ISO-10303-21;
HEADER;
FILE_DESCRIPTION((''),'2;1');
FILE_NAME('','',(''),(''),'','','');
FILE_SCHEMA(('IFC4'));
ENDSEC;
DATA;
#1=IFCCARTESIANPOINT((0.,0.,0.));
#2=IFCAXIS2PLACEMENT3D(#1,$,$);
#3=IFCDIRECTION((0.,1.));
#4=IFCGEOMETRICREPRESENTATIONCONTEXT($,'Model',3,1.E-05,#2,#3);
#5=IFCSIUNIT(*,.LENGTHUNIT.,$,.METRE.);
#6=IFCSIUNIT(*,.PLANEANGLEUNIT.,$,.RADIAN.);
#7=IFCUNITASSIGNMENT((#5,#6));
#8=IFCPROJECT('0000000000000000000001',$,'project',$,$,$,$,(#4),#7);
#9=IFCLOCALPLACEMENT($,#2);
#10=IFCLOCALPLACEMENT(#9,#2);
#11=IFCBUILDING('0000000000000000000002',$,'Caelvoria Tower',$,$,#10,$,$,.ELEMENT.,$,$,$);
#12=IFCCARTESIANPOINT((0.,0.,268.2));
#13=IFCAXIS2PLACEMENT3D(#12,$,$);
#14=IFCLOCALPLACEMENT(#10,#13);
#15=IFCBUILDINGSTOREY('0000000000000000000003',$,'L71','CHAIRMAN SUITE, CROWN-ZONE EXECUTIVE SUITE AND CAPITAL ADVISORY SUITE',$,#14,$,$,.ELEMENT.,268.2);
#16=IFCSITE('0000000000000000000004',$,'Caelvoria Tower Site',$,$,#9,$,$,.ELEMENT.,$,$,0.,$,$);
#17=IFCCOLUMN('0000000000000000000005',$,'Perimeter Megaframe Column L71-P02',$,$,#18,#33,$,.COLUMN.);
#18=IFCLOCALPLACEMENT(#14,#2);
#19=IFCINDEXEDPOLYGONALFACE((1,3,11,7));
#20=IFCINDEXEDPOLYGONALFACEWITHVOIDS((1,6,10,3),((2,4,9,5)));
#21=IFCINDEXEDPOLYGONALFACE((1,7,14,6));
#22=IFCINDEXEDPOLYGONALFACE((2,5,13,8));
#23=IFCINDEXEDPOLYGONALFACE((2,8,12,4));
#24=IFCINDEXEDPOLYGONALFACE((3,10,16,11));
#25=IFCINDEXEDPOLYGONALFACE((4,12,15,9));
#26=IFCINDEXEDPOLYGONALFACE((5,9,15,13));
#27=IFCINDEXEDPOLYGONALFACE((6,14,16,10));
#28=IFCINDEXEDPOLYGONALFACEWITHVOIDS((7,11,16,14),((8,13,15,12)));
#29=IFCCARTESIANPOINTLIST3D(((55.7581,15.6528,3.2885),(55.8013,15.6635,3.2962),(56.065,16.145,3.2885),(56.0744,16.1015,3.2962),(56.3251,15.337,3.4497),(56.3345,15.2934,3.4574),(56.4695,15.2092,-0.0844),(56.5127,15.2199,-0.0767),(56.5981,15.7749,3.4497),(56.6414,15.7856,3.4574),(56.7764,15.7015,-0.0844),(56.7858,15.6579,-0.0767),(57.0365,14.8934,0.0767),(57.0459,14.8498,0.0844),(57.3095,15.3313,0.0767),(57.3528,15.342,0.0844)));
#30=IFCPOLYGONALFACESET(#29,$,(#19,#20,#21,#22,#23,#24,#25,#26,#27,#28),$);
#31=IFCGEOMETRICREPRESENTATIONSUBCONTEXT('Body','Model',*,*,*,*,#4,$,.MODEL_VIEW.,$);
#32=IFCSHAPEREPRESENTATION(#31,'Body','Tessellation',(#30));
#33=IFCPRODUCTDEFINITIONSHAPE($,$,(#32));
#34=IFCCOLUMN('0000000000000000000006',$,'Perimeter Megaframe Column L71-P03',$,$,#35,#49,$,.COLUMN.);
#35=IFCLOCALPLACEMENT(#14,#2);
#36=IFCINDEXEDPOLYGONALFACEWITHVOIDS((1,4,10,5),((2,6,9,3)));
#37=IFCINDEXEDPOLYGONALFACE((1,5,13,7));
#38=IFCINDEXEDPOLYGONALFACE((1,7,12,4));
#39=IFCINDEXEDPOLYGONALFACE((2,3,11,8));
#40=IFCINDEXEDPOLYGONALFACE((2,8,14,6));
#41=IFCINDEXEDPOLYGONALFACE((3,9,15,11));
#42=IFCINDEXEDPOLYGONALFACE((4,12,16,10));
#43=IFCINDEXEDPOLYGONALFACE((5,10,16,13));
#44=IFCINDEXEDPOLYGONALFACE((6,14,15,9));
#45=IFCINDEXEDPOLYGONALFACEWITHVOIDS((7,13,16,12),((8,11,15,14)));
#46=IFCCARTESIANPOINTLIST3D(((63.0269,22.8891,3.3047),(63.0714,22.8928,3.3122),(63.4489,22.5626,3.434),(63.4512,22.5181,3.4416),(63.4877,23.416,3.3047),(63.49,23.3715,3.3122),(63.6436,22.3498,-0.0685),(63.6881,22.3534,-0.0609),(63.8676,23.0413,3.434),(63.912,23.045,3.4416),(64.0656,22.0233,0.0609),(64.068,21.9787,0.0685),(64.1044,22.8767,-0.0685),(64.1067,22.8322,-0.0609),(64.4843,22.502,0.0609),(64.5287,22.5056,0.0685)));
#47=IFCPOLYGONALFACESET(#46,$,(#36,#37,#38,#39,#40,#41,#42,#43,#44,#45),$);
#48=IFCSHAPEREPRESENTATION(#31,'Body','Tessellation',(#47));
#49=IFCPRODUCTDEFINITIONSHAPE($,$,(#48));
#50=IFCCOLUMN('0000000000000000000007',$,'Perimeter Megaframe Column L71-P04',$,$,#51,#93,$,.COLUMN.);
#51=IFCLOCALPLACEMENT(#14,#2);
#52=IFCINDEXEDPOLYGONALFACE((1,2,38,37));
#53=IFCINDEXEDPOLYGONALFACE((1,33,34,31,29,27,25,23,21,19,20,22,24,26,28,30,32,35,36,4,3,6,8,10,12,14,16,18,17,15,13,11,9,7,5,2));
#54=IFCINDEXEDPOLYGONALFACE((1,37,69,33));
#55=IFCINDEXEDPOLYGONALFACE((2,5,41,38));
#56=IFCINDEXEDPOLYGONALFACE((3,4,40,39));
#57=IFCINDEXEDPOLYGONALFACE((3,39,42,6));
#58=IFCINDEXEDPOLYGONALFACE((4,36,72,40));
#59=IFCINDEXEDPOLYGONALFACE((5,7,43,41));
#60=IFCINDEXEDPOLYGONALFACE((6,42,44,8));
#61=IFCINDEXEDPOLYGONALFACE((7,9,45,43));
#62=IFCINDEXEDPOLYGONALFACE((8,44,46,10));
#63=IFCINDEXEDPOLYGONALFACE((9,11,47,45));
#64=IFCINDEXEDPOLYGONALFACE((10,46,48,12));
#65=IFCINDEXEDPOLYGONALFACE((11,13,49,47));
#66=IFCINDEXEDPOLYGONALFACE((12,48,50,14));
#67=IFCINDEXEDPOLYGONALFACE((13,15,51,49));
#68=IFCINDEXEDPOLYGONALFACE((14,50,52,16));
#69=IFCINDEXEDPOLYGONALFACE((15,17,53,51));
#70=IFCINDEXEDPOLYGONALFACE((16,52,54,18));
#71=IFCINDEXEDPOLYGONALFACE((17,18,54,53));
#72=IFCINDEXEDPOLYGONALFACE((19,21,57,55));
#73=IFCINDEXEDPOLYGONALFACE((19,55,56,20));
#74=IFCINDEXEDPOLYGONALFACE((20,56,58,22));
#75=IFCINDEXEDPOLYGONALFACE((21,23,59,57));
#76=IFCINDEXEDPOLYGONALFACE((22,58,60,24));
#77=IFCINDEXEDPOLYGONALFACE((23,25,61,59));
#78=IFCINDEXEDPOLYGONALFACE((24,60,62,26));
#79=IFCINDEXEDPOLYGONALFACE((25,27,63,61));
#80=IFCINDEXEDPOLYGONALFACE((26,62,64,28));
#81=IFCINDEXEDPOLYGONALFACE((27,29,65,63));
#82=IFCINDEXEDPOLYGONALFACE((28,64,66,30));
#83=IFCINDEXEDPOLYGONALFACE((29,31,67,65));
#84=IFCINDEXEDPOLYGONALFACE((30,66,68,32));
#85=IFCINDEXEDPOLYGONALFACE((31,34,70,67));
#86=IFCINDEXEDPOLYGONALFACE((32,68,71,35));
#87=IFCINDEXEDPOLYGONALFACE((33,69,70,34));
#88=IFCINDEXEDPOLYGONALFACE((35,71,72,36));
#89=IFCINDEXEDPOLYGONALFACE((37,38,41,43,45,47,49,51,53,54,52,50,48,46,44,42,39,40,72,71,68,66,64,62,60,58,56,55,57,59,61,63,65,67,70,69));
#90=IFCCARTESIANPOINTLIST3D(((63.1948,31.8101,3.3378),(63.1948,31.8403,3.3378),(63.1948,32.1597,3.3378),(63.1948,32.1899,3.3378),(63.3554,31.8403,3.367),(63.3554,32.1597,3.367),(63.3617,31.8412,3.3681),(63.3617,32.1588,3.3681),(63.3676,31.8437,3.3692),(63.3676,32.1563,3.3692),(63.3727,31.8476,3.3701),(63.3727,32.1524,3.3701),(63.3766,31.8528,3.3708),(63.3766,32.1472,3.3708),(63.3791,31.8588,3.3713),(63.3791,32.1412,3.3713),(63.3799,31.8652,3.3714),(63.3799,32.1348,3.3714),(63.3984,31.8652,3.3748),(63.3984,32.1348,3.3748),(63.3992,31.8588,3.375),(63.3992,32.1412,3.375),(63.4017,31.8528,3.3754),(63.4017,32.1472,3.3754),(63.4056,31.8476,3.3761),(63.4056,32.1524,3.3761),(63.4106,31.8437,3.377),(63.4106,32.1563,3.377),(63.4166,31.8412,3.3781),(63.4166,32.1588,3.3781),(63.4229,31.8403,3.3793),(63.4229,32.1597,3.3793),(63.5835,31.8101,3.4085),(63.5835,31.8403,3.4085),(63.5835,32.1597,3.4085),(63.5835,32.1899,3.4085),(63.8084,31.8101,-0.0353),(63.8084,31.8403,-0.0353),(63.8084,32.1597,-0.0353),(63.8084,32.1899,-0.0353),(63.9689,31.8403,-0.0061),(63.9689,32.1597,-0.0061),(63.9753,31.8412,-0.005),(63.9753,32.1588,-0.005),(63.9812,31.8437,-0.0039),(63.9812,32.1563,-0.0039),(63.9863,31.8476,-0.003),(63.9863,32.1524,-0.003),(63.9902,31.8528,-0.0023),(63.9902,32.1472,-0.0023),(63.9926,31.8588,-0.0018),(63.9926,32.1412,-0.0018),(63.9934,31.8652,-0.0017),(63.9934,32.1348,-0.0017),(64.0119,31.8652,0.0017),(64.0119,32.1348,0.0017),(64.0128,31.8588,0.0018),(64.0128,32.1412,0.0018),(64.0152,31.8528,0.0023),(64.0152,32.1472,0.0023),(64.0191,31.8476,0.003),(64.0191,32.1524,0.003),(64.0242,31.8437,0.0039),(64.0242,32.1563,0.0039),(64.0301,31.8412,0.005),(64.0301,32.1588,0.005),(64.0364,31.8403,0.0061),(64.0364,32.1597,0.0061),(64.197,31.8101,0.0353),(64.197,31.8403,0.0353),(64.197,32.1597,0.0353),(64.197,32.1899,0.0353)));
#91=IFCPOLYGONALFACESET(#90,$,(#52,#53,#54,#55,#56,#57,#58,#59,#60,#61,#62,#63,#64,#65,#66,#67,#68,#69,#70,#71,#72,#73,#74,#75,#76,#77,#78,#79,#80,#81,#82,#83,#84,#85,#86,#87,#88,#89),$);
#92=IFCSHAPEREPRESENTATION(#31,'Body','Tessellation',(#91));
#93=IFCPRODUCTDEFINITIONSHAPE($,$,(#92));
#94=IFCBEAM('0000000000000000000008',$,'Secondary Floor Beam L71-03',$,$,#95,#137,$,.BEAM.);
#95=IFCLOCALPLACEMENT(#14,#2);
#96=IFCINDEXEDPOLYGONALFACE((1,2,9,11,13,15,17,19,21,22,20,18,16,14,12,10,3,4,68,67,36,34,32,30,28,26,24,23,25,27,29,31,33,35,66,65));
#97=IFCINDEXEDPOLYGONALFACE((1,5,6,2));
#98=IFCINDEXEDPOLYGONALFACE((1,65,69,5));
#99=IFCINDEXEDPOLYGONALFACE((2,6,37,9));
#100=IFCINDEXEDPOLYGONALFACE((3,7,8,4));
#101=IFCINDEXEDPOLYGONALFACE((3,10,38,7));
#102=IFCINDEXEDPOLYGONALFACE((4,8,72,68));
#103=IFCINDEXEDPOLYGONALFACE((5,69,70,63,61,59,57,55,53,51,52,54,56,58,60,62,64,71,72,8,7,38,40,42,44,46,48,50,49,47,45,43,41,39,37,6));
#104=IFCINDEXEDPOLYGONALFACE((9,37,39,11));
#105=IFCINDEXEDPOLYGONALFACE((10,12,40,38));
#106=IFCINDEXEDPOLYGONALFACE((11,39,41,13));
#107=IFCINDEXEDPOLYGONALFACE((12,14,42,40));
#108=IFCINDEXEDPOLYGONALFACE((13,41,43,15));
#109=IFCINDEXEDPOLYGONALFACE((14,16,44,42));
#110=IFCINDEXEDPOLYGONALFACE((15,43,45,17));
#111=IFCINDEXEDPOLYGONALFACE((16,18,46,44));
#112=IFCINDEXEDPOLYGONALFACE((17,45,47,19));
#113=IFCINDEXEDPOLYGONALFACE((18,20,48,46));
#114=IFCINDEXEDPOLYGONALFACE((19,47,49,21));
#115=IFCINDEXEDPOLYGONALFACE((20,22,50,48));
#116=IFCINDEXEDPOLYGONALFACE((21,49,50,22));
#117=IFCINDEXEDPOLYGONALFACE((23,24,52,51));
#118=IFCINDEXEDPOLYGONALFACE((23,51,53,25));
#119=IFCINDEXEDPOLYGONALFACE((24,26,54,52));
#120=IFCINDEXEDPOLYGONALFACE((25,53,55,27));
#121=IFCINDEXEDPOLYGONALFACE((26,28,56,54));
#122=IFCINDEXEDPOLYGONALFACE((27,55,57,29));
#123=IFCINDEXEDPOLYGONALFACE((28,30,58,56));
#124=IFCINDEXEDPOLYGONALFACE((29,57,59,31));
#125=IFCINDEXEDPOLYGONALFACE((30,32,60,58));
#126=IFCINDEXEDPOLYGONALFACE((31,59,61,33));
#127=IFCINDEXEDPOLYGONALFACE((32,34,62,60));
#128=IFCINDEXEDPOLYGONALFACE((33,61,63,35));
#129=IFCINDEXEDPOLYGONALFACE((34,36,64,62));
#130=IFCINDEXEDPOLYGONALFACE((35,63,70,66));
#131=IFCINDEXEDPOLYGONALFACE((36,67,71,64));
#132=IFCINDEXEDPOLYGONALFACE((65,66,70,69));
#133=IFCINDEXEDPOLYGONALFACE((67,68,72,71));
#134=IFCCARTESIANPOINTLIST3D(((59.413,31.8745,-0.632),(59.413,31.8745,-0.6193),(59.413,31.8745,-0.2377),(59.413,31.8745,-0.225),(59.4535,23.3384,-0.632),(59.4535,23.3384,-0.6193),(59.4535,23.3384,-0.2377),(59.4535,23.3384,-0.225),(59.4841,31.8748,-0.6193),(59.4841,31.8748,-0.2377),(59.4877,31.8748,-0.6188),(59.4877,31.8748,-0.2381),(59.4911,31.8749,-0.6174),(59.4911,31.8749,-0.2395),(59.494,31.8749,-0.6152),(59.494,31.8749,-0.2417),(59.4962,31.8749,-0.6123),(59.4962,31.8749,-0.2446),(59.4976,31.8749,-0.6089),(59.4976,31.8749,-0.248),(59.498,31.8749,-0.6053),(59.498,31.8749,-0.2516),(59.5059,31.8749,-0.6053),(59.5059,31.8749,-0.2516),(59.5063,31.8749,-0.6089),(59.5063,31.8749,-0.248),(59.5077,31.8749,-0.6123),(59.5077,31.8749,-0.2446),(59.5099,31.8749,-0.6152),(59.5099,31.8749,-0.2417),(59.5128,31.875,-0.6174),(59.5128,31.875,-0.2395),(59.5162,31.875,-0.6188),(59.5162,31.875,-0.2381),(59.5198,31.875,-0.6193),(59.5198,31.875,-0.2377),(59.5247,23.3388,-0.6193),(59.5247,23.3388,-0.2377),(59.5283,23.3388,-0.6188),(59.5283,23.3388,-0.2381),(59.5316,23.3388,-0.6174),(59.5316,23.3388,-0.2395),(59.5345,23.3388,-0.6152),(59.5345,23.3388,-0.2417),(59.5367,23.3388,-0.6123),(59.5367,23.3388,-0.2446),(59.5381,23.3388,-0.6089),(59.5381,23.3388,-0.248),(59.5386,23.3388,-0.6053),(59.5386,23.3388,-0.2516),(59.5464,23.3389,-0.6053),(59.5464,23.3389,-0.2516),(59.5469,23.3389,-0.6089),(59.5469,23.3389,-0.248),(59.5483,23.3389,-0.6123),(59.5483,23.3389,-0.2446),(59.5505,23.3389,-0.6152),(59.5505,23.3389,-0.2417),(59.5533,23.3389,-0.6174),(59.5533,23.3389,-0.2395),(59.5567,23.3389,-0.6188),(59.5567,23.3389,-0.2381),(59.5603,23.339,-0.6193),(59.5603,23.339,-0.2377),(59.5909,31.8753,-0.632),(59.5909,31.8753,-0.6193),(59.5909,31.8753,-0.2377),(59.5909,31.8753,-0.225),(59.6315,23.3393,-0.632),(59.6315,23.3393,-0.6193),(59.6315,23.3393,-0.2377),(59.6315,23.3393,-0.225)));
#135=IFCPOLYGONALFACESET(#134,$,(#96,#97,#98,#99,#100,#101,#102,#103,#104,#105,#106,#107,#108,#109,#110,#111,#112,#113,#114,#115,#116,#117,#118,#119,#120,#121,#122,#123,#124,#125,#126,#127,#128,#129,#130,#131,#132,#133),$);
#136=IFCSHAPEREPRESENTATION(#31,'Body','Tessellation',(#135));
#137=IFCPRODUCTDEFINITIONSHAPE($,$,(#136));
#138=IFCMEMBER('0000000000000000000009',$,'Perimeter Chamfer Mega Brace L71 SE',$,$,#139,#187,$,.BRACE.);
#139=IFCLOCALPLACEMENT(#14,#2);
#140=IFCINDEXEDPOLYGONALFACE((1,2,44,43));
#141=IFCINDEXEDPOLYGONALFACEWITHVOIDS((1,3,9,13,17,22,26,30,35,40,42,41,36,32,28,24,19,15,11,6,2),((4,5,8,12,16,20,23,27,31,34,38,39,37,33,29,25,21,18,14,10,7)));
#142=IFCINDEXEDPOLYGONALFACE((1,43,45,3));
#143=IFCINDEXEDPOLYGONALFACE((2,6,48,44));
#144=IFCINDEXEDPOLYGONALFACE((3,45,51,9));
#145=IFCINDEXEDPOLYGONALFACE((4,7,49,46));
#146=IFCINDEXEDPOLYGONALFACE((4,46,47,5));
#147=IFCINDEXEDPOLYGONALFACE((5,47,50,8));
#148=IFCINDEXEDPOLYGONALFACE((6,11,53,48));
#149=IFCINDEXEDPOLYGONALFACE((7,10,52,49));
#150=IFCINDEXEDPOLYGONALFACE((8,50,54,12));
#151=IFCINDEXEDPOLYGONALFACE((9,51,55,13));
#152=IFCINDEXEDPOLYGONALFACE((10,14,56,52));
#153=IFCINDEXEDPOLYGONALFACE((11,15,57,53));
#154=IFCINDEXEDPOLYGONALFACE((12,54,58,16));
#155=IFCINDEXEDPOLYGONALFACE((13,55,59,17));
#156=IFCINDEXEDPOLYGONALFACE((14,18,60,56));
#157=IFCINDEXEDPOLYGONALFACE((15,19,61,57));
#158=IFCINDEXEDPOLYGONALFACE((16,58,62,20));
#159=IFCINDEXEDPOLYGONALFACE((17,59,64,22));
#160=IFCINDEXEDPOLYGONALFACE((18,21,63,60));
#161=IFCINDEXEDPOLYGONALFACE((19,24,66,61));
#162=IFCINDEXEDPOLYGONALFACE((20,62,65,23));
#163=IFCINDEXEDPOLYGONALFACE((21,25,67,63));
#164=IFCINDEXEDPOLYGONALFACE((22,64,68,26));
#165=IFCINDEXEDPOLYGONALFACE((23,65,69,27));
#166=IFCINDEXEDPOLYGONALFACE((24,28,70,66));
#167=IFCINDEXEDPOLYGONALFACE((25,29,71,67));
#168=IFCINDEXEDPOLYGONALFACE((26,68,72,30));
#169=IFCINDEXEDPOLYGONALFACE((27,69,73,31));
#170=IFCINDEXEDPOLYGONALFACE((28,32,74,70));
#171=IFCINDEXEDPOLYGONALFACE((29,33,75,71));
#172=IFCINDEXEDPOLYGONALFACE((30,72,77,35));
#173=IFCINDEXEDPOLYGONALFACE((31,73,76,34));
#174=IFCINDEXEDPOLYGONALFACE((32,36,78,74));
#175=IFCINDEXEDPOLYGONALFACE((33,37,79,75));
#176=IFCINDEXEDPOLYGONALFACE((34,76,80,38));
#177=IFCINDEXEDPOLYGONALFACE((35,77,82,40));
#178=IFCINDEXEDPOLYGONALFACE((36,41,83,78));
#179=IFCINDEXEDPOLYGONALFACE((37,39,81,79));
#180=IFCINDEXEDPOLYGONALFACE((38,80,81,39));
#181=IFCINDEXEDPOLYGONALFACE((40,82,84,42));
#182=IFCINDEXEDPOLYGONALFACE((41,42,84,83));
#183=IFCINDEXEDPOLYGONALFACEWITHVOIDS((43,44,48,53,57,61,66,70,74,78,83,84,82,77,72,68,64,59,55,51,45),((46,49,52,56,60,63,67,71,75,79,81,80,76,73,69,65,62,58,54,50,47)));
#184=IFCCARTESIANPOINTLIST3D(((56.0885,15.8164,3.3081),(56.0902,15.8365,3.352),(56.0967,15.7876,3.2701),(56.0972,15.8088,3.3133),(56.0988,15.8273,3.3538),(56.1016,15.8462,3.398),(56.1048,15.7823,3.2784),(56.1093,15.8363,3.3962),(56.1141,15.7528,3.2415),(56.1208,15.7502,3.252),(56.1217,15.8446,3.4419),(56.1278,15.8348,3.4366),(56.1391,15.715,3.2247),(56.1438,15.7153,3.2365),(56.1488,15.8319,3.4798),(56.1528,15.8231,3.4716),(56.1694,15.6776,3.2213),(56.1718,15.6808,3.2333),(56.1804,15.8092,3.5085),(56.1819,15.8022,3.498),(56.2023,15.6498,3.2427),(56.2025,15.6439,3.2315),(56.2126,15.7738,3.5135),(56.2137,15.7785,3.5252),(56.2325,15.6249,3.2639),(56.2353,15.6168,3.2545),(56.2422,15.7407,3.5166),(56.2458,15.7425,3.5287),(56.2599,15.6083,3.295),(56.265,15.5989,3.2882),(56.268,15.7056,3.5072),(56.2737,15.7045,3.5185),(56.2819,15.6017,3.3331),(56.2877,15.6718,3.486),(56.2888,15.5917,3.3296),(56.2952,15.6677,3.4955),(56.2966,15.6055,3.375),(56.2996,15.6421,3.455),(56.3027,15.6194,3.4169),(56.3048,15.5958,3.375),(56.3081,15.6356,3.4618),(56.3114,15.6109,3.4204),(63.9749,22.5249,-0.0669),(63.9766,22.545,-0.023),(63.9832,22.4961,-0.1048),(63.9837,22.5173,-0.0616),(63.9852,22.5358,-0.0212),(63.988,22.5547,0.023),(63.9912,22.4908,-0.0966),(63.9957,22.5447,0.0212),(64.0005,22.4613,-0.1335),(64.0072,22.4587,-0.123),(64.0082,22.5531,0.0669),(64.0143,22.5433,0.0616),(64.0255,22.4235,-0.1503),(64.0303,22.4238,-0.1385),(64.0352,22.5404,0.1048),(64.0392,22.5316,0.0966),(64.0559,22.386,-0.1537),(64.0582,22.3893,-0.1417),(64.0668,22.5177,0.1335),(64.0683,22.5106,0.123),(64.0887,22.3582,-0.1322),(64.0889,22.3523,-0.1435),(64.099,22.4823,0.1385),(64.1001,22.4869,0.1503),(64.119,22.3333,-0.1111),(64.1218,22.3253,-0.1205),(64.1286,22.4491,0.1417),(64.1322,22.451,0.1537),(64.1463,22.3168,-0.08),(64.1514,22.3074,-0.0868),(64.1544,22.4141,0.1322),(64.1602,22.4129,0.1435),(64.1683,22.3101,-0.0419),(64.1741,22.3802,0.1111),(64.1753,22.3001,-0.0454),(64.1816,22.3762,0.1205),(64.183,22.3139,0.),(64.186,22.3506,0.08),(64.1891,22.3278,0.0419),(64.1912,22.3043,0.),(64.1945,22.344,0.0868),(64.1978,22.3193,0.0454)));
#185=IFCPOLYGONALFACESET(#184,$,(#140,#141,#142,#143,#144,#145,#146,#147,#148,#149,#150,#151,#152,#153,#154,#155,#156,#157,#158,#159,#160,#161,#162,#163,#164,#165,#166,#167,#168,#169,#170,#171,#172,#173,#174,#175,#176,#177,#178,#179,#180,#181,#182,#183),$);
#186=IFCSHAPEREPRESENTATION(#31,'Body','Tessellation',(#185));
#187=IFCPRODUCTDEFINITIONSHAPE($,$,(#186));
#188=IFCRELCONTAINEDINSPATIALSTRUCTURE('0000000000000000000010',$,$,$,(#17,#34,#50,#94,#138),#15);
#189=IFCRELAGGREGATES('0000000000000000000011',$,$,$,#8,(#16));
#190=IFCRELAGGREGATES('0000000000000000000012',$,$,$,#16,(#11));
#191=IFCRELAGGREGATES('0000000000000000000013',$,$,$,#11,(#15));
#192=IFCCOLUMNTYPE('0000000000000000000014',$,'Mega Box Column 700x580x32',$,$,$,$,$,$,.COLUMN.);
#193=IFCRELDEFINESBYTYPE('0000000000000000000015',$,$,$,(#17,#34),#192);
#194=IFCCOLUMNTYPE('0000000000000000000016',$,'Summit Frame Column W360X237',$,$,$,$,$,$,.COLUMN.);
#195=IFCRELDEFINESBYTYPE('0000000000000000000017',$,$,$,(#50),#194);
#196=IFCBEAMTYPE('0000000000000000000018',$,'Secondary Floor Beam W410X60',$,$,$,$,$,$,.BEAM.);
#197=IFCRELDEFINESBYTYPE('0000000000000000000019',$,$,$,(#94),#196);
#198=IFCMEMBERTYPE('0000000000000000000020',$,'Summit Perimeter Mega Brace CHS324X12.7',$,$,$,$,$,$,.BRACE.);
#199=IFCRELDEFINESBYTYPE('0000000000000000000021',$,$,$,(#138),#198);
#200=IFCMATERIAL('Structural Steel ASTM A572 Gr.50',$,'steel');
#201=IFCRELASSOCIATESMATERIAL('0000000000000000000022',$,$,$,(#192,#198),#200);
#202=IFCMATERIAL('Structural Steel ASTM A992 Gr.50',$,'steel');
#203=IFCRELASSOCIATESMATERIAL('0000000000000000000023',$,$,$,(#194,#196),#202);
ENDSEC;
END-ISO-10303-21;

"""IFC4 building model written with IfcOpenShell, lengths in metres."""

from ifc_helpers import new_model, si_unit, direction, frame, origin, origin_2d, place, context, subcontext, project, spatial, hollow_rectangle, hollow_circle, i_section, extrude, material, material_profile, profile_set, type_object, element, save


model = new_model("IFC4")

# Units and contexts
model_context = context("Model", 3, precision=1e-05, world=origin(), true_north=direction((0.0, 1.0)))
body_context = subcontext(model_context, "Body", "Model", "MODEL_VIEW")
ifc_project = project(units=[si_unit("LENGTHUNIT", "METRE"), si_unit("PLANEANGLEUNIT", "RADIAN")], contexts=[model_context])

# Site, building, storey
site_placement = place(None, origin())
site = spatial("IfcSite", under=ifc_project, at=site_placement, Name="Caelvoria Tower Site", CompositionType="ELEMENT", RefElevation=0.0)
building_placement = place(site_placement, origin())
building = spatial("IfcBuilding", under=site, at=building_placement, Name="Caelvoria Tower", CompositionType="ELEMENT")
storey_placement = place(building_placement, frame((0.0, 0.0, 268.2)))
storey = spatial("IfcBuildingStorey", under=building, at=storey_placement, Name="L71", Description="CHAIRMAN SUITE, CROWN-ZONE EXECUTIVE SUITE AND CAPITAL ADVISORY SUITE", CompositionType="ELEMENT", Elevation=268.2)

# Columns
ifc_material_1 = material(Name="Structural Steel ASTM A572 Gr.50", Category="steel")
ifc_material_profile_1 = material_profile(ifc_material_1, hollow_rectangle(XDim=0.5801, YDim=0.7, WallThickness=0.032, at=origin_2d()), Name="Structural Steel ASTM A572 Gr.50")
ifc_profile_set_1 = profile_set([ifc_material_profile_1], Name="BOX700X580X32 - Structural Steel ASTM A572 Gr.50")
column_type_1 = type_object("IfcColumnType", Name="Mega Box Column 700x580x32", PredefinedType="COLUMN", material=ifc_profile_set_1)
column_1_placement = place(storey_placement, frame((56.9111, 15.2756, 0.0), z_axis=(-0.204687, 0.127631, 0.970471), x_axis=(-0.529109, -0.848554, 0.0)))
element("IfcColumn", 1, at=column_1_placement, inside=storey, type_object=column_type_1, Name="Perimeter Megaframe Column L71-P02", PredefinedType="COLUMN", context=body_context, shape_type="SweptSolid", body=[
    extrude(hollow_rectangle(XDim=0.5801, YDim=0.7, WallThickness=0.032, at=origin_2d()), origin(), (0.0, 0.0, 1.0), 3.4756),
])
column_2_placement = place(storey_placement, frame((64.0862, 22.4277, 0.0), z_axis=(-0.177666, 0.15537, 0.971748), x_axis=(0.731495, -0.639696, 0.236019)))
element("IfcColumn", 2, at=column_2_placement, inside=storey, type_object=column_type_1, Name="Perimeter Megaframe Column L71-P03", PredefinedType="COLUMN", context=body_context, shape_type="SweptSolid", body=[
    extrude(hollow_rectangle(XDim=0.5801, YDim=0.7, WallThickness=0.032, at=origin_2d()), origin(), (0.0, 0.0, 1.0), 3.4712),
])
ifc_material_2 = material(Name="Structural Steel ASTM A992 Gr.50", Category="steel")
ifc_material_profile_2 = material_profile(ifc_material_2, i_section(OverallWidth=0.395, OverallDepth=0.3799, WebThickness=0.0188, FlangeThickness=0.0303, FilletRadius=0.0249, at=origin_2d()), Name="Structural Steel ASTM A992 Gr.50")
ifc_profile_set_2 = profile_set([ifc_material_profile_2], Name="W360X237 - Structural Steel ASTM A992 Gr.50")
column_type_2 = type_object("IfcColumnType", Name="Summit Frame Column W360X237", PredefinedType="COLUMN", material=ifc_profile_set_2)
column_3_placement = place(storey_placement, frame((64.0027, 32.0, 0.0), z_axis=(-0.178954, 0.0, 0.983857), x_axis=(0.983857, 0.0, 0.178954)))
element("IfcColumn", 3, at=column_3_placement, inside=storey, type_object=column_type_2, Name="Perimeter Megaframe Column L71-P04", PredefinedType="COLUMN", context=body_context, shape_type="SweptSolid", body=[
    extrude(i_section(OverallWidth=0.395, OverallDepth=0.3799, WebThickness=0.0188, FlangeThickness=0.0303, FilletRadius=0.0249, at=origin_2d()), origin(), (0.0, 0.0, 1.0), 3.4285),
])

# Beam
ifc_material_profile_3 = material_profile(ifc_material_2, i_section(OverallWidth=0.178, OverallDepth=0.407, WebThickness=0.0078, FlangeThickness=0.0127, FilletRadius=0.0139, at=origin_2d()), Name="Structural Steel ASTM A992 Gr.50")
ifc_profile_set_3 = profile_set([ifc_material_profile_3], Name="W410X60 - Structural Steel ASTM A992 Gr.50")
beam_type_1 = type_object("IfcBeamType", Name="Secondary Floor Beam W410X60", PredefinedType="BEAM", material=ifc_profile_set_3)
beam_1_placement = place(storey_placement, frame((59.5425, 23.3389, -0.4285), z_axis=(-0.004748, 0.999989, 0.0), x_axis=(-0.999989, -0.004748, 0.0)))
element("IfcBeam", 4, at=beam_1_placement, inside=storey, type_object=beam_type_1, Name="Secondary Floor Beam L71-03", PredefinedType="BEAM", context=body_context, shape_type="SweptSolid", body=[
    extrude(i_section(OverallWidth=0.178, OverallDepth=0.407, WebThickness=0.0078, FlangeThickness=0.0127, FilletRadius=0.0139, at=origin_2d()), origin(), (0.0, 0.0, 1.0), 8.5361),
])

# Member
ifc_material_profile_4 = material_profile(ifc_material_1, hollow_circle(Radius=0.1621, WallThickness=0.0127, at=origin_2d()), Name="Structural Steel ASTM A572 Gr.50")
ifc_profile_set_4 = profile_set([ifc_material_profile_4], Name="CHS324X12.7 - Structural Steel ASTM A572 Gr.50")
member_type = type_object("IfcMemberType", Name="Summit Perimeter Mega Brace CHS324X12.7", PredefinedType="BRACE", material=ifc_profile_set_4)
member_placement = place(storey_placement, frame((64.0862, 22.4277, 0.0), z_axis=(-0.724197, -0.616026, 0.309919), x_axis=(0.647928, -0.761701, 0.0)))
element("IfcMember", 5, at=member_placement, inside=storey, type_object=member_type, Name="Perimeter Chamfer Mega Brace L71 SE", PredefinedType="BRACE", context=body_context, shape_type="SweptSolid", body=[
    extrude(hollow_circle(Radius=0.1621, WallThickness=0.0127, at=origin_2d()), origin(), (0.0, 0.0, 1.0), 10.8899),
])

save(model, "model.ifc")
